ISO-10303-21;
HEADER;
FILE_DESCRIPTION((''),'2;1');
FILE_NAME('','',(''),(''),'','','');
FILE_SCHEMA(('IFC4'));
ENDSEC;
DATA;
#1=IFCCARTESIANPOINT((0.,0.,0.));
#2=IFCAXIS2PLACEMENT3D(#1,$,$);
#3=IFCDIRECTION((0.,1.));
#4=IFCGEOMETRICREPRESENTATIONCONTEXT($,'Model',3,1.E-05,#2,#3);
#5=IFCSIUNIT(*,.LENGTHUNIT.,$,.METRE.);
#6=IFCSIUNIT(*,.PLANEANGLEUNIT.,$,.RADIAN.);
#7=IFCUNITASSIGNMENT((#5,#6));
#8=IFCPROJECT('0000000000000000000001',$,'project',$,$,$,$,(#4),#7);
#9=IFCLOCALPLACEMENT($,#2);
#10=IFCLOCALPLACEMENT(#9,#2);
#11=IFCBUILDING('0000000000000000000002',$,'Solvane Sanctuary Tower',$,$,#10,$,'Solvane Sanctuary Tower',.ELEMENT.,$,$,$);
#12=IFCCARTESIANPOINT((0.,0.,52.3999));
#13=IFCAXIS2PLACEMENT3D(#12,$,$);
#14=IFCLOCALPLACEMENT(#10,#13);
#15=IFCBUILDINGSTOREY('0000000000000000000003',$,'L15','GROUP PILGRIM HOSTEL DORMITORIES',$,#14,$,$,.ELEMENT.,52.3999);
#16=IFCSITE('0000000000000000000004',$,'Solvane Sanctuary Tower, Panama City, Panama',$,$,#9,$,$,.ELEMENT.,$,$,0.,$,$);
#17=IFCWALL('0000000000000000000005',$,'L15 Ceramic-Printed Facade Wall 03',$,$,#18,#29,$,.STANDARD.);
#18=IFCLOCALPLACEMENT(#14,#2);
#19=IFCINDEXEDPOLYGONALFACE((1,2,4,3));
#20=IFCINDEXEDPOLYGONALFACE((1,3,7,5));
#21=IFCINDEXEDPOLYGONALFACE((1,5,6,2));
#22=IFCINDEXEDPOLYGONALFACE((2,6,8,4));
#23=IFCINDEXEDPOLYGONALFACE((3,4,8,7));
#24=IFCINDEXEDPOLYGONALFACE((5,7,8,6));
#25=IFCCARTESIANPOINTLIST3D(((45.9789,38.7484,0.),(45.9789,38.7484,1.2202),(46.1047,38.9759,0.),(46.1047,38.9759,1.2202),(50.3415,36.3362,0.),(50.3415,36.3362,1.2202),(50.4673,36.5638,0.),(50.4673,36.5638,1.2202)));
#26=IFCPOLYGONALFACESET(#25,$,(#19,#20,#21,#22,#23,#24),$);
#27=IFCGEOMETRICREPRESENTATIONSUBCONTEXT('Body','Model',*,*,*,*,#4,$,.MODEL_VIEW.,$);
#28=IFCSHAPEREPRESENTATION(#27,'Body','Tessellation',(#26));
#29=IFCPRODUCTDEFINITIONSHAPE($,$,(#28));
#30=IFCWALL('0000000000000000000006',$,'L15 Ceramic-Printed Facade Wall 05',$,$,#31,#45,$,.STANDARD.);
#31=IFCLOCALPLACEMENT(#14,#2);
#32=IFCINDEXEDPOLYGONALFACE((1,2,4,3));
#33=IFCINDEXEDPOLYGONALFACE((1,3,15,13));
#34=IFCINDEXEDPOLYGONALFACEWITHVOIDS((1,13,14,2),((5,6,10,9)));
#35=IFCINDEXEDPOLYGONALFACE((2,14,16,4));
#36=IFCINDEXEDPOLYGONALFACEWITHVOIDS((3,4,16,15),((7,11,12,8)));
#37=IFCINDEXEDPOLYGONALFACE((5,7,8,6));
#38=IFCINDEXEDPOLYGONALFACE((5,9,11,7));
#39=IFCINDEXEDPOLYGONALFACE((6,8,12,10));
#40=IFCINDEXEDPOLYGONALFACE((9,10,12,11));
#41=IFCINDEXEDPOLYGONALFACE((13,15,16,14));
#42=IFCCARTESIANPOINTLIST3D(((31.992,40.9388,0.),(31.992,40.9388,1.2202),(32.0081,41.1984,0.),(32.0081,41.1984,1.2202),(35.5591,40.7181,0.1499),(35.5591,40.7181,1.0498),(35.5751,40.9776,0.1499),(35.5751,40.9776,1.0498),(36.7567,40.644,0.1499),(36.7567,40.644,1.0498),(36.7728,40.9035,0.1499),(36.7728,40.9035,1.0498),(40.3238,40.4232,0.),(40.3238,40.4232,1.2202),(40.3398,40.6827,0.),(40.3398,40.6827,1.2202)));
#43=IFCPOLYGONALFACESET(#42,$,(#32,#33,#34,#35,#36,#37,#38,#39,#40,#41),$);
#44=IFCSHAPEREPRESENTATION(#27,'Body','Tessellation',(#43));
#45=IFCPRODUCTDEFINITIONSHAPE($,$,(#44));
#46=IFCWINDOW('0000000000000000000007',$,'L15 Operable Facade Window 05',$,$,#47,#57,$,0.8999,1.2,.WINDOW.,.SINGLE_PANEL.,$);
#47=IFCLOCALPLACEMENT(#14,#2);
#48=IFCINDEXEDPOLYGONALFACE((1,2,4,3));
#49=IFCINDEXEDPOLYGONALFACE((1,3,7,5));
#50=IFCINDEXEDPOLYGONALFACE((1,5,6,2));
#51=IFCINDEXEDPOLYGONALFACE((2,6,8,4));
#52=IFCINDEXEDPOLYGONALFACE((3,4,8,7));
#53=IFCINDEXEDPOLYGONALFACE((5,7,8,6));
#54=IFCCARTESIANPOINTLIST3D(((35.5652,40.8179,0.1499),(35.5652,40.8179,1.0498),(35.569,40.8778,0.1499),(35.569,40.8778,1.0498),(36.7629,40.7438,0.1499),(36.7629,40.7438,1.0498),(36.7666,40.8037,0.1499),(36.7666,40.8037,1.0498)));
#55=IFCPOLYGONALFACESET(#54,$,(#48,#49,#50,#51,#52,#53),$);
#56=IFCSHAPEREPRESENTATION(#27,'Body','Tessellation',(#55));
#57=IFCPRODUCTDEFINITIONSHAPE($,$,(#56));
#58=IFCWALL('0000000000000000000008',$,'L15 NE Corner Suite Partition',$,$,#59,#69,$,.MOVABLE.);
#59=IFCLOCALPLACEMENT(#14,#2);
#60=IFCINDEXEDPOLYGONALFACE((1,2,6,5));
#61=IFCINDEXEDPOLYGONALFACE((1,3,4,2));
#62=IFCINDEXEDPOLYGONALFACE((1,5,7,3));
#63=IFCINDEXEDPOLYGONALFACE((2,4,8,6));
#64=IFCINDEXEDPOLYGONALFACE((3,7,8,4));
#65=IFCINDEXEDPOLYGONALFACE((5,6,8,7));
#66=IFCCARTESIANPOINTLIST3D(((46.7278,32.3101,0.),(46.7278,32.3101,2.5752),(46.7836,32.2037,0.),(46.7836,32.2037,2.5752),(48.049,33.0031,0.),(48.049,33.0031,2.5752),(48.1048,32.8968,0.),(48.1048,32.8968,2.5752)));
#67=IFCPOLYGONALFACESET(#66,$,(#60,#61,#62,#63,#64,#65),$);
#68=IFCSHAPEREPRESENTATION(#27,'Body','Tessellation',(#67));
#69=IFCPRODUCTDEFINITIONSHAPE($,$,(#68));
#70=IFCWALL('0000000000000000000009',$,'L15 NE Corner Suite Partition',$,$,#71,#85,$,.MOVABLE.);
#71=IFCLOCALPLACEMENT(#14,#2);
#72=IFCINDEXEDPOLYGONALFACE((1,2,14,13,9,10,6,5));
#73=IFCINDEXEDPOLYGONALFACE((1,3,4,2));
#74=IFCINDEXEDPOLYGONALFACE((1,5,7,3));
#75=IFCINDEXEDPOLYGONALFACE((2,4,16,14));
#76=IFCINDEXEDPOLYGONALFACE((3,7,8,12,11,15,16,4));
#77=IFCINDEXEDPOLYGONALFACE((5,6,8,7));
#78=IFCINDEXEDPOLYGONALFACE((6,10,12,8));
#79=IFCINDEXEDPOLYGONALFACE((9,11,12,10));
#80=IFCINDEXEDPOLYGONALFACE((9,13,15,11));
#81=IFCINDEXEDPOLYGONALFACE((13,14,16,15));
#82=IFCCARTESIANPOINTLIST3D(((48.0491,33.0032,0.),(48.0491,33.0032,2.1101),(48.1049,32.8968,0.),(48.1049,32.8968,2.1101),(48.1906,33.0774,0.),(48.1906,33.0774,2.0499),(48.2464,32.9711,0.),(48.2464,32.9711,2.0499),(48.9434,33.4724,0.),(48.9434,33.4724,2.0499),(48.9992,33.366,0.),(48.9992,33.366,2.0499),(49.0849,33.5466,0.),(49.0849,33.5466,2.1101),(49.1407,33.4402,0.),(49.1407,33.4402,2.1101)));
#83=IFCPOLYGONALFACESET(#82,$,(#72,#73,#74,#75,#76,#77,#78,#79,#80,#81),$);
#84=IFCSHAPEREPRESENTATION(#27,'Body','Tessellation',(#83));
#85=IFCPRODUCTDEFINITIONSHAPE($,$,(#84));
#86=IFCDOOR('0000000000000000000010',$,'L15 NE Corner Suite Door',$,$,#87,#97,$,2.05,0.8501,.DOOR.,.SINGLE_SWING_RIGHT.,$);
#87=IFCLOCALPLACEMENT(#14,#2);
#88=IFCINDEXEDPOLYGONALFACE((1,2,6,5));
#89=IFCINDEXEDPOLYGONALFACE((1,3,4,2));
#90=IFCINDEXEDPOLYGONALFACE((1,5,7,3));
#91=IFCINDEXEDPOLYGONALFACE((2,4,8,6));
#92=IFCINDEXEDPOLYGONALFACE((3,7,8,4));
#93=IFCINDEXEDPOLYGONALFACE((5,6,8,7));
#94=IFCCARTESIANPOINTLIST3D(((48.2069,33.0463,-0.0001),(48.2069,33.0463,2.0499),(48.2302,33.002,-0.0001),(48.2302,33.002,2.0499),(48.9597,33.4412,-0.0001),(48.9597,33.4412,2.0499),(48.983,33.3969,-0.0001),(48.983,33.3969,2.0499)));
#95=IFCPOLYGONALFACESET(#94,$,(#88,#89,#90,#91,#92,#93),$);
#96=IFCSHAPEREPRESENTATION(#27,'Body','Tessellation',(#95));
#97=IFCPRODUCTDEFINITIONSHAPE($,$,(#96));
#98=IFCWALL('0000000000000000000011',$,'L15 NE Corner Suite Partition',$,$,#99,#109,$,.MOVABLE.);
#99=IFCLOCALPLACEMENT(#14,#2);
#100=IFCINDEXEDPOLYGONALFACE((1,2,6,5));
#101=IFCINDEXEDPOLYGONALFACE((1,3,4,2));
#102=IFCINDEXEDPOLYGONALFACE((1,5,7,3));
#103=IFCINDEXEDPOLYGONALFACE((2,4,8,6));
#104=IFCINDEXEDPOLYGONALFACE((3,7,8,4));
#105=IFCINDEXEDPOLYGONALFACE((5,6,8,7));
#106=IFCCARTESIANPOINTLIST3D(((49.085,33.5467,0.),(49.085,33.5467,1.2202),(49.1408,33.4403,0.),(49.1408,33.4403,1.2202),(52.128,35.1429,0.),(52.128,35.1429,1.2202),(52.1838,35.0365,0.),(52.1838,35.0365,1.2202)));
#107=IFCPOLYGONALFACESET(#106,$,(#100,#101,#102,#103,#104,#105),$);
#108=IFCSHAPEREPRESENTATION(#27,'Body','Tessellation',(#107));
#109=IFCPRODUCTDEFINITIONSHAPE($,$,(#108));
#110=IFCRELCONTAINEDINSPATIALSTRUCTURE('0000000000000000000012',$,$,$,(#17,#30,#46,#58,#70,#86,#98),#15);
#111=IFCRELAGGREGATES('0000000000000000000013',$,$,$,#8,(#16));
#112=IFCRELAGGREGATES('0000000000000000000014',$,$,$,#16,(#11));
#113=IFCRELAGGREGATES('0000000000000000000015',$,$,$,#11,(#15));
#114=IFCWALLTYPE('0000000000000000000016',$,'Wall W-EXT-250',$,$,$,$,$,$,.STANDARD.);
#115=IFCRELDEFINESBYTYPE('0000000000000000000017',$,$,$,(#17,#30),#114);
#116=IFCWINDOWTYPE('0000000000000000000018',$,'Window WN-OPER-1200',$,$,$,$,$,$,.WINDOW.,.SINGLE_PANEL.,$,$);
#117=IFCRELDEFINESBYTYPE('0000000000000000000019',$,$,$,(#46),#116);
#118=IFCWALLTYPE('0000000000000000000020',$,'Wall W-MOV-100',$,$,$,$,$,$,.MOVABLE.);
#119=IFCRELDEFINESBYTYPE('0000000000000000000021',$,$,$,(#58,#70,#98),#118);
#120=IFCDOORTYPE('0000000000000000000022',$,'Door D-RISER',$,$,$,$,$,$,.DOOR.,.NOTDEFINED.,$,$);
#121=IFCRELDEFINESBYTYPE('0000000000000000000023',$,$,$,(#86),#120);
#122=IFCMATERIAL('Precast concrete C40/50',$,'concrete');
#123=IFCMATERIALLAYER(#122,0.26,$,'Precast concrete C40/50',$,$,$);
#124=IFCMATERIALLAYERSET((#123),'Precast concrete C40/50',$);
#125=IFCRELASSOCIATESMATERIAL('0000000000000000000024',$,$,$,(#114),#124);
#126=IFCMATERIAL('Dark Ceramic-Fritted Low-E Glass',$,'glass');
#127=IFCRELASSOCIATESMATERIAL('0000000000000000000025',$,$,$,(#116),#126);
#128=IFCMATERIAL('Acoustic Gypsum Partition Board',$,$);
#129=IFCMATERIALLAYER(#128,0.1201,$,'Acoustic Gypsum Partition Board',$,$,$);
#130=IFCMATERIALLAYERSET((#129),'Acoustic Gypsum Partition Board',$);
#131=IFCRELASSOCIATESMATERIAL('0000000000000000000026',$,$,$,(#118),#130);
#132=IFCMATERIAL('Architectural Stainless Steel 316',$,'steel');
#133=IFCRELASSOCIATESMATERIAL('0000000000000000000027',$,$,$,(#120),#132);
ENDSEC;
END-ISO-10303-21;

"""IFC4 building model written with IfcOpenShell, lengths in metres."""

from ifc_helpers import new_model, si_unit, direction, frame, frame_2d, origin, place, context, subcontext, project, spatial, rectangle, extrude, material, layer, layer_set, type_object, element, fill, save


model = new_model("IFC4")

# Units and contexts
model_context = context("Model", 3, precision=1e-05, world=origin(), true_north=direction((0.0, 1.0)))
body_context = subcontext(model_context, "Body", "Model", "MODEL_VIEW")
ifc_project = project(units=[si_unit("LENGTHUNIT", "METRE"), si_unit("PLANEANGLEUNIT", "RADIAN")], contexts=[model_context])

# Site, building, storey
site_placement = place(None, origin())
site = spatial("IfcSite", under=ifc_project, at=site_placement, Name="Solvane Sanctuary Tower, Panama City, Panama", CompositionType="ELEMENT", RefElevation=0.0)
building_placement = place(site_placement, origin())
building = spatial("IfcBuilding", under=site, at=building_placement, Name="Solvane Sanctuary Tower", LongName="Solvane Sanctuary Tower", CompositionType="ELEMENT")
storey_placement = place(building_placement, frame((0.0, 0.0, 52.3999)))
storey = spatial("IfcBuildingStorey", under=building, at=storey_placement, Name="L15", Description="GROUP PILGRIM HOSTEL DORMITORIES", CompositionType="ELEMENT", Elevation=52.3999)

# Shared definitions
ifc_material_1 = material(Name="Dark Ceramic-Fritted Low-E Glass", Category="glass")

# Shared definitions
ifc_material_2 = material(Name="Acoustic Gypsum Partition Board")

# Shared definitions
ifc_material_3 = material(Name="Precast concrete C40/50", Category="concrete")
ifc_layer_1 = layer(ifc_material_3, 0.26, Name="Precast concrete C40/50")
ifc_layer_set_1 = layer_set([ifc_layer_1], Name="Precast concrete C40/50")
wall_type_1 = type_object("IfcWallType", Name="Wall W-EXT-250", PredefinedType="STANDARD", material=ifc_layer_set_1)
window_type = type_object("IfcWindowType", Name="Window WN-OPER-1200", PartitioningType="SINGLE_PANEL", PredefinedType="WINDOW", material=ifc_material_1)

# Wall
wall_1_placement = place(storey_placement, frame((50.4045, 36.45, 0.0), z_axis=(0.0, 0.0, 1.0), x_axis=(-0.875137, 0.483875, 0.0)))
element("IfcWall", 1, at=wall_1_placement, inside=storey, type_object=wall_type_1, Name="L15 Ceramic-Printed Facade Wall 03", PredefinedType="STANDARD", context=body_context, shape_type="SweptSolid", body=[
    extrude(rectangle(XDim=4.9851, YDim=0.26, at=frame_2d((2.4927, 0.0))), origin(), (0.0, 0.0, 1.0), 1.2202),
])

# Wall, opening, window
wall_2_placement = place(storey_placement, frame((40.3318, 40.553, 0.0), z_axis=(0.0, 0.0, 1.0), x_axis=(-0.998091, 0.061768, 0.0)))
wall_2 = element("IfcWall", 2, at=wall_2_placement, inside=storey, type_object=wall_type_1, Name="L15 Ceramic-Printed Facade Wall 05", PredefinedType="STANDARD", context=body_context, shape_type="SweptSolid", body=[
    extrude(rectangle(XDim=8.3477, YDim=0.26, at=frame_2d((4.1738, 0.0))), origin(), (0.0, 0.0, 1.0), 1.2202),
])
opening_1_placement = place(wall_2_placement, frame((3.5737, 0.0, 0.1499)))
opening_1 = element("IfcOpeningElement", 3, at=opening_1_placement, cuts=wall_2, PredefinedType="OPENING", context=body_context, shape_type="SweptSolid", body=[
    extrude(rectangle(XDim=1.2, YDim=0.8999, at=frame_2d((0.6001, 0.45))), frame((0.0, 0.1399, 0.0), z_axis=(0.0, -1.0, 0.0), x_axis=(1.0, 0.0, 0.0)), (0.0, 0.0, 1.0), 0.28),
])
window_1_placement = place(opening_1_placement, origin())
window_1 = element("IfcWindow", 4, at=window_1_placement, inside=storey, type_object=window_type, Name="L15 Operable Facade Window 05", OverallHeight=0.8999, OverallWidth=1.2, PartitioningType="SINGLE_PANEL", PredefinedType="WINDOW", context=body_context, shape_type="SweptSolid", body=[
    extrude(rectangle(XDim=1.2, YDim=0.8999, at=frame_2d((0.6001, 0.45))), frame((0.0, 0.03, 0.0), z_axis=(0.0, -1.0, 0.0), x_axis=(1.0, 0.0, 0.0)), (0.0, 0.0, 1.0), 0.0601),
])
fill(opening_1, window_1)

# Wall
ifc_layer_2 = layer(ifc_material_2, 0.1201, Name="Acoustic Gypsum Partition Board")
ifc_layer_set_2 = layer_set([ifc_layer_2], Name="Acoustic Gypsum Partition Board")
wall_type_2 = type_object("IfcWallType", Name="Wall W-MOV-100", PredefinedType="MOVABLE", material=ifc_layer_set_2)
wall_3_placement = place(storey_placement, frame((46.7556, 32.2568, 0.0), z_axis=(0.0, 0.0, 1.0), x_axis=(0.885553, 0.464539, 0.0)))
element("IfcWall", 5, at=wall_3_placement, inside=storey, type_object=wall_type_2, Name="L15 NE Corner Suite Partition", PredefinedType="MOVABLE", context=body_context, shape_type="SweptSolid", body=[
    extrude(rectangle(XDim=1.4919, YDim=0.1201, at=frame_2d((0.7461, 0.0))), origin(), (0.0, 0.0, 1.0), 2.5752),
])

# Wall, opening, door
wall_4_placement = place(storey_placement, frame((48.0769, 32.95, 0.0), z_axis=(0.0, 0.0, 1.0), x_axis=(0.885533, 0.464576, 0.0)))
wall_4 = element("IfcWall", 6, at=wall_4_placement, inside=storey, type_object=wall_type_2, Name="L15 NE Corner Suite Partition", PredefinedType="MOVABLE", context=body_context, shape_type="SweptSolid", body=[
    extrude(rectangle(XDim=1.1697, YDim=0.1201, at=frame_2d((0.585, 0.0))), origin(), (0.0, 0.0, 1.0), 2.1101),
])
opening_2_placement = place(wall_4_placement, frame((0.1599, 0.0, 0.0)))
opening_2 = element("IfcOpeningElement", 7, at=opening_2_placement, cuts=wall_4, PredefinedType="OPENING", context=body_context, shape_type="SweptSolid", body=[
    extrude(rectangle(XDim=0.8501, YDim=2.05, at=frame_2d((0.425, 1.0249))), frame((0.0, 0.0701, 0.0), z_axis=(0.0, -1.0, 0.0), x_axis=(1.0, 0.0, 0.0)), (0.0, 0.0, 1.0), 0.1401),
])
ifc_material_4 = material(Name="Architectural Stainless Steel 316", Category="steel")
door_type_1 = type_object("IfcDoorType", Name="Door D-RISER", OperationType="NOTDEFINED", PredefinedType="DOOR", material=ifc_material_4)
door_1_placement = place(opening_2_placement, origin())
door_1 = element("IfcDoor", 8, at=door_1_placement, inside=storey, type_object=door_type_1, Name="L15 NE Corner Suite Door", OperationType="SINGLE_SWING_RIGHT", OverallHeight=2.05, OverallWidth=0.8501, PredefinedType="DOOR", context=body_context, shape_type="SweptSolid", body=[
    extrude(rectangle(XDim=0.8501, YDim=2.05, at=frame_2d((0.425, 1.0249))), frame((0.0, 0.0249, 0.0), z_axis=(0.0, -1.0, 0.0), x_axis=(1.0, 0.0, 0.0)), (0.0, 0.0, 1.0), 0.05),
])
fill(opening_2, door_1)

# Wall
wall_5_placement = place(storey_placement, frame((49.1128, 33.4934, 0.0), z_axis=(0.0, 0.0, 1.0), x_axis=(0.885562, 0.464522, 0.0)))
element("IfcWall", 9, at=wall_5_placement, inside=storey, type_object=wall_type_2, Name="L15 NE Corner Suite Partition", PredefinedType="MOVABLE", context=body_context, shape_type="SweptSolid", body=[
    extrude(rectangle(XDim=3.4363, YDim=0.1201, at=frame_2d((1.7183, 0.0))), origin(), (0.0, 0.0, 1.0), 1.2202),
])

save(model, "model.ifc")
